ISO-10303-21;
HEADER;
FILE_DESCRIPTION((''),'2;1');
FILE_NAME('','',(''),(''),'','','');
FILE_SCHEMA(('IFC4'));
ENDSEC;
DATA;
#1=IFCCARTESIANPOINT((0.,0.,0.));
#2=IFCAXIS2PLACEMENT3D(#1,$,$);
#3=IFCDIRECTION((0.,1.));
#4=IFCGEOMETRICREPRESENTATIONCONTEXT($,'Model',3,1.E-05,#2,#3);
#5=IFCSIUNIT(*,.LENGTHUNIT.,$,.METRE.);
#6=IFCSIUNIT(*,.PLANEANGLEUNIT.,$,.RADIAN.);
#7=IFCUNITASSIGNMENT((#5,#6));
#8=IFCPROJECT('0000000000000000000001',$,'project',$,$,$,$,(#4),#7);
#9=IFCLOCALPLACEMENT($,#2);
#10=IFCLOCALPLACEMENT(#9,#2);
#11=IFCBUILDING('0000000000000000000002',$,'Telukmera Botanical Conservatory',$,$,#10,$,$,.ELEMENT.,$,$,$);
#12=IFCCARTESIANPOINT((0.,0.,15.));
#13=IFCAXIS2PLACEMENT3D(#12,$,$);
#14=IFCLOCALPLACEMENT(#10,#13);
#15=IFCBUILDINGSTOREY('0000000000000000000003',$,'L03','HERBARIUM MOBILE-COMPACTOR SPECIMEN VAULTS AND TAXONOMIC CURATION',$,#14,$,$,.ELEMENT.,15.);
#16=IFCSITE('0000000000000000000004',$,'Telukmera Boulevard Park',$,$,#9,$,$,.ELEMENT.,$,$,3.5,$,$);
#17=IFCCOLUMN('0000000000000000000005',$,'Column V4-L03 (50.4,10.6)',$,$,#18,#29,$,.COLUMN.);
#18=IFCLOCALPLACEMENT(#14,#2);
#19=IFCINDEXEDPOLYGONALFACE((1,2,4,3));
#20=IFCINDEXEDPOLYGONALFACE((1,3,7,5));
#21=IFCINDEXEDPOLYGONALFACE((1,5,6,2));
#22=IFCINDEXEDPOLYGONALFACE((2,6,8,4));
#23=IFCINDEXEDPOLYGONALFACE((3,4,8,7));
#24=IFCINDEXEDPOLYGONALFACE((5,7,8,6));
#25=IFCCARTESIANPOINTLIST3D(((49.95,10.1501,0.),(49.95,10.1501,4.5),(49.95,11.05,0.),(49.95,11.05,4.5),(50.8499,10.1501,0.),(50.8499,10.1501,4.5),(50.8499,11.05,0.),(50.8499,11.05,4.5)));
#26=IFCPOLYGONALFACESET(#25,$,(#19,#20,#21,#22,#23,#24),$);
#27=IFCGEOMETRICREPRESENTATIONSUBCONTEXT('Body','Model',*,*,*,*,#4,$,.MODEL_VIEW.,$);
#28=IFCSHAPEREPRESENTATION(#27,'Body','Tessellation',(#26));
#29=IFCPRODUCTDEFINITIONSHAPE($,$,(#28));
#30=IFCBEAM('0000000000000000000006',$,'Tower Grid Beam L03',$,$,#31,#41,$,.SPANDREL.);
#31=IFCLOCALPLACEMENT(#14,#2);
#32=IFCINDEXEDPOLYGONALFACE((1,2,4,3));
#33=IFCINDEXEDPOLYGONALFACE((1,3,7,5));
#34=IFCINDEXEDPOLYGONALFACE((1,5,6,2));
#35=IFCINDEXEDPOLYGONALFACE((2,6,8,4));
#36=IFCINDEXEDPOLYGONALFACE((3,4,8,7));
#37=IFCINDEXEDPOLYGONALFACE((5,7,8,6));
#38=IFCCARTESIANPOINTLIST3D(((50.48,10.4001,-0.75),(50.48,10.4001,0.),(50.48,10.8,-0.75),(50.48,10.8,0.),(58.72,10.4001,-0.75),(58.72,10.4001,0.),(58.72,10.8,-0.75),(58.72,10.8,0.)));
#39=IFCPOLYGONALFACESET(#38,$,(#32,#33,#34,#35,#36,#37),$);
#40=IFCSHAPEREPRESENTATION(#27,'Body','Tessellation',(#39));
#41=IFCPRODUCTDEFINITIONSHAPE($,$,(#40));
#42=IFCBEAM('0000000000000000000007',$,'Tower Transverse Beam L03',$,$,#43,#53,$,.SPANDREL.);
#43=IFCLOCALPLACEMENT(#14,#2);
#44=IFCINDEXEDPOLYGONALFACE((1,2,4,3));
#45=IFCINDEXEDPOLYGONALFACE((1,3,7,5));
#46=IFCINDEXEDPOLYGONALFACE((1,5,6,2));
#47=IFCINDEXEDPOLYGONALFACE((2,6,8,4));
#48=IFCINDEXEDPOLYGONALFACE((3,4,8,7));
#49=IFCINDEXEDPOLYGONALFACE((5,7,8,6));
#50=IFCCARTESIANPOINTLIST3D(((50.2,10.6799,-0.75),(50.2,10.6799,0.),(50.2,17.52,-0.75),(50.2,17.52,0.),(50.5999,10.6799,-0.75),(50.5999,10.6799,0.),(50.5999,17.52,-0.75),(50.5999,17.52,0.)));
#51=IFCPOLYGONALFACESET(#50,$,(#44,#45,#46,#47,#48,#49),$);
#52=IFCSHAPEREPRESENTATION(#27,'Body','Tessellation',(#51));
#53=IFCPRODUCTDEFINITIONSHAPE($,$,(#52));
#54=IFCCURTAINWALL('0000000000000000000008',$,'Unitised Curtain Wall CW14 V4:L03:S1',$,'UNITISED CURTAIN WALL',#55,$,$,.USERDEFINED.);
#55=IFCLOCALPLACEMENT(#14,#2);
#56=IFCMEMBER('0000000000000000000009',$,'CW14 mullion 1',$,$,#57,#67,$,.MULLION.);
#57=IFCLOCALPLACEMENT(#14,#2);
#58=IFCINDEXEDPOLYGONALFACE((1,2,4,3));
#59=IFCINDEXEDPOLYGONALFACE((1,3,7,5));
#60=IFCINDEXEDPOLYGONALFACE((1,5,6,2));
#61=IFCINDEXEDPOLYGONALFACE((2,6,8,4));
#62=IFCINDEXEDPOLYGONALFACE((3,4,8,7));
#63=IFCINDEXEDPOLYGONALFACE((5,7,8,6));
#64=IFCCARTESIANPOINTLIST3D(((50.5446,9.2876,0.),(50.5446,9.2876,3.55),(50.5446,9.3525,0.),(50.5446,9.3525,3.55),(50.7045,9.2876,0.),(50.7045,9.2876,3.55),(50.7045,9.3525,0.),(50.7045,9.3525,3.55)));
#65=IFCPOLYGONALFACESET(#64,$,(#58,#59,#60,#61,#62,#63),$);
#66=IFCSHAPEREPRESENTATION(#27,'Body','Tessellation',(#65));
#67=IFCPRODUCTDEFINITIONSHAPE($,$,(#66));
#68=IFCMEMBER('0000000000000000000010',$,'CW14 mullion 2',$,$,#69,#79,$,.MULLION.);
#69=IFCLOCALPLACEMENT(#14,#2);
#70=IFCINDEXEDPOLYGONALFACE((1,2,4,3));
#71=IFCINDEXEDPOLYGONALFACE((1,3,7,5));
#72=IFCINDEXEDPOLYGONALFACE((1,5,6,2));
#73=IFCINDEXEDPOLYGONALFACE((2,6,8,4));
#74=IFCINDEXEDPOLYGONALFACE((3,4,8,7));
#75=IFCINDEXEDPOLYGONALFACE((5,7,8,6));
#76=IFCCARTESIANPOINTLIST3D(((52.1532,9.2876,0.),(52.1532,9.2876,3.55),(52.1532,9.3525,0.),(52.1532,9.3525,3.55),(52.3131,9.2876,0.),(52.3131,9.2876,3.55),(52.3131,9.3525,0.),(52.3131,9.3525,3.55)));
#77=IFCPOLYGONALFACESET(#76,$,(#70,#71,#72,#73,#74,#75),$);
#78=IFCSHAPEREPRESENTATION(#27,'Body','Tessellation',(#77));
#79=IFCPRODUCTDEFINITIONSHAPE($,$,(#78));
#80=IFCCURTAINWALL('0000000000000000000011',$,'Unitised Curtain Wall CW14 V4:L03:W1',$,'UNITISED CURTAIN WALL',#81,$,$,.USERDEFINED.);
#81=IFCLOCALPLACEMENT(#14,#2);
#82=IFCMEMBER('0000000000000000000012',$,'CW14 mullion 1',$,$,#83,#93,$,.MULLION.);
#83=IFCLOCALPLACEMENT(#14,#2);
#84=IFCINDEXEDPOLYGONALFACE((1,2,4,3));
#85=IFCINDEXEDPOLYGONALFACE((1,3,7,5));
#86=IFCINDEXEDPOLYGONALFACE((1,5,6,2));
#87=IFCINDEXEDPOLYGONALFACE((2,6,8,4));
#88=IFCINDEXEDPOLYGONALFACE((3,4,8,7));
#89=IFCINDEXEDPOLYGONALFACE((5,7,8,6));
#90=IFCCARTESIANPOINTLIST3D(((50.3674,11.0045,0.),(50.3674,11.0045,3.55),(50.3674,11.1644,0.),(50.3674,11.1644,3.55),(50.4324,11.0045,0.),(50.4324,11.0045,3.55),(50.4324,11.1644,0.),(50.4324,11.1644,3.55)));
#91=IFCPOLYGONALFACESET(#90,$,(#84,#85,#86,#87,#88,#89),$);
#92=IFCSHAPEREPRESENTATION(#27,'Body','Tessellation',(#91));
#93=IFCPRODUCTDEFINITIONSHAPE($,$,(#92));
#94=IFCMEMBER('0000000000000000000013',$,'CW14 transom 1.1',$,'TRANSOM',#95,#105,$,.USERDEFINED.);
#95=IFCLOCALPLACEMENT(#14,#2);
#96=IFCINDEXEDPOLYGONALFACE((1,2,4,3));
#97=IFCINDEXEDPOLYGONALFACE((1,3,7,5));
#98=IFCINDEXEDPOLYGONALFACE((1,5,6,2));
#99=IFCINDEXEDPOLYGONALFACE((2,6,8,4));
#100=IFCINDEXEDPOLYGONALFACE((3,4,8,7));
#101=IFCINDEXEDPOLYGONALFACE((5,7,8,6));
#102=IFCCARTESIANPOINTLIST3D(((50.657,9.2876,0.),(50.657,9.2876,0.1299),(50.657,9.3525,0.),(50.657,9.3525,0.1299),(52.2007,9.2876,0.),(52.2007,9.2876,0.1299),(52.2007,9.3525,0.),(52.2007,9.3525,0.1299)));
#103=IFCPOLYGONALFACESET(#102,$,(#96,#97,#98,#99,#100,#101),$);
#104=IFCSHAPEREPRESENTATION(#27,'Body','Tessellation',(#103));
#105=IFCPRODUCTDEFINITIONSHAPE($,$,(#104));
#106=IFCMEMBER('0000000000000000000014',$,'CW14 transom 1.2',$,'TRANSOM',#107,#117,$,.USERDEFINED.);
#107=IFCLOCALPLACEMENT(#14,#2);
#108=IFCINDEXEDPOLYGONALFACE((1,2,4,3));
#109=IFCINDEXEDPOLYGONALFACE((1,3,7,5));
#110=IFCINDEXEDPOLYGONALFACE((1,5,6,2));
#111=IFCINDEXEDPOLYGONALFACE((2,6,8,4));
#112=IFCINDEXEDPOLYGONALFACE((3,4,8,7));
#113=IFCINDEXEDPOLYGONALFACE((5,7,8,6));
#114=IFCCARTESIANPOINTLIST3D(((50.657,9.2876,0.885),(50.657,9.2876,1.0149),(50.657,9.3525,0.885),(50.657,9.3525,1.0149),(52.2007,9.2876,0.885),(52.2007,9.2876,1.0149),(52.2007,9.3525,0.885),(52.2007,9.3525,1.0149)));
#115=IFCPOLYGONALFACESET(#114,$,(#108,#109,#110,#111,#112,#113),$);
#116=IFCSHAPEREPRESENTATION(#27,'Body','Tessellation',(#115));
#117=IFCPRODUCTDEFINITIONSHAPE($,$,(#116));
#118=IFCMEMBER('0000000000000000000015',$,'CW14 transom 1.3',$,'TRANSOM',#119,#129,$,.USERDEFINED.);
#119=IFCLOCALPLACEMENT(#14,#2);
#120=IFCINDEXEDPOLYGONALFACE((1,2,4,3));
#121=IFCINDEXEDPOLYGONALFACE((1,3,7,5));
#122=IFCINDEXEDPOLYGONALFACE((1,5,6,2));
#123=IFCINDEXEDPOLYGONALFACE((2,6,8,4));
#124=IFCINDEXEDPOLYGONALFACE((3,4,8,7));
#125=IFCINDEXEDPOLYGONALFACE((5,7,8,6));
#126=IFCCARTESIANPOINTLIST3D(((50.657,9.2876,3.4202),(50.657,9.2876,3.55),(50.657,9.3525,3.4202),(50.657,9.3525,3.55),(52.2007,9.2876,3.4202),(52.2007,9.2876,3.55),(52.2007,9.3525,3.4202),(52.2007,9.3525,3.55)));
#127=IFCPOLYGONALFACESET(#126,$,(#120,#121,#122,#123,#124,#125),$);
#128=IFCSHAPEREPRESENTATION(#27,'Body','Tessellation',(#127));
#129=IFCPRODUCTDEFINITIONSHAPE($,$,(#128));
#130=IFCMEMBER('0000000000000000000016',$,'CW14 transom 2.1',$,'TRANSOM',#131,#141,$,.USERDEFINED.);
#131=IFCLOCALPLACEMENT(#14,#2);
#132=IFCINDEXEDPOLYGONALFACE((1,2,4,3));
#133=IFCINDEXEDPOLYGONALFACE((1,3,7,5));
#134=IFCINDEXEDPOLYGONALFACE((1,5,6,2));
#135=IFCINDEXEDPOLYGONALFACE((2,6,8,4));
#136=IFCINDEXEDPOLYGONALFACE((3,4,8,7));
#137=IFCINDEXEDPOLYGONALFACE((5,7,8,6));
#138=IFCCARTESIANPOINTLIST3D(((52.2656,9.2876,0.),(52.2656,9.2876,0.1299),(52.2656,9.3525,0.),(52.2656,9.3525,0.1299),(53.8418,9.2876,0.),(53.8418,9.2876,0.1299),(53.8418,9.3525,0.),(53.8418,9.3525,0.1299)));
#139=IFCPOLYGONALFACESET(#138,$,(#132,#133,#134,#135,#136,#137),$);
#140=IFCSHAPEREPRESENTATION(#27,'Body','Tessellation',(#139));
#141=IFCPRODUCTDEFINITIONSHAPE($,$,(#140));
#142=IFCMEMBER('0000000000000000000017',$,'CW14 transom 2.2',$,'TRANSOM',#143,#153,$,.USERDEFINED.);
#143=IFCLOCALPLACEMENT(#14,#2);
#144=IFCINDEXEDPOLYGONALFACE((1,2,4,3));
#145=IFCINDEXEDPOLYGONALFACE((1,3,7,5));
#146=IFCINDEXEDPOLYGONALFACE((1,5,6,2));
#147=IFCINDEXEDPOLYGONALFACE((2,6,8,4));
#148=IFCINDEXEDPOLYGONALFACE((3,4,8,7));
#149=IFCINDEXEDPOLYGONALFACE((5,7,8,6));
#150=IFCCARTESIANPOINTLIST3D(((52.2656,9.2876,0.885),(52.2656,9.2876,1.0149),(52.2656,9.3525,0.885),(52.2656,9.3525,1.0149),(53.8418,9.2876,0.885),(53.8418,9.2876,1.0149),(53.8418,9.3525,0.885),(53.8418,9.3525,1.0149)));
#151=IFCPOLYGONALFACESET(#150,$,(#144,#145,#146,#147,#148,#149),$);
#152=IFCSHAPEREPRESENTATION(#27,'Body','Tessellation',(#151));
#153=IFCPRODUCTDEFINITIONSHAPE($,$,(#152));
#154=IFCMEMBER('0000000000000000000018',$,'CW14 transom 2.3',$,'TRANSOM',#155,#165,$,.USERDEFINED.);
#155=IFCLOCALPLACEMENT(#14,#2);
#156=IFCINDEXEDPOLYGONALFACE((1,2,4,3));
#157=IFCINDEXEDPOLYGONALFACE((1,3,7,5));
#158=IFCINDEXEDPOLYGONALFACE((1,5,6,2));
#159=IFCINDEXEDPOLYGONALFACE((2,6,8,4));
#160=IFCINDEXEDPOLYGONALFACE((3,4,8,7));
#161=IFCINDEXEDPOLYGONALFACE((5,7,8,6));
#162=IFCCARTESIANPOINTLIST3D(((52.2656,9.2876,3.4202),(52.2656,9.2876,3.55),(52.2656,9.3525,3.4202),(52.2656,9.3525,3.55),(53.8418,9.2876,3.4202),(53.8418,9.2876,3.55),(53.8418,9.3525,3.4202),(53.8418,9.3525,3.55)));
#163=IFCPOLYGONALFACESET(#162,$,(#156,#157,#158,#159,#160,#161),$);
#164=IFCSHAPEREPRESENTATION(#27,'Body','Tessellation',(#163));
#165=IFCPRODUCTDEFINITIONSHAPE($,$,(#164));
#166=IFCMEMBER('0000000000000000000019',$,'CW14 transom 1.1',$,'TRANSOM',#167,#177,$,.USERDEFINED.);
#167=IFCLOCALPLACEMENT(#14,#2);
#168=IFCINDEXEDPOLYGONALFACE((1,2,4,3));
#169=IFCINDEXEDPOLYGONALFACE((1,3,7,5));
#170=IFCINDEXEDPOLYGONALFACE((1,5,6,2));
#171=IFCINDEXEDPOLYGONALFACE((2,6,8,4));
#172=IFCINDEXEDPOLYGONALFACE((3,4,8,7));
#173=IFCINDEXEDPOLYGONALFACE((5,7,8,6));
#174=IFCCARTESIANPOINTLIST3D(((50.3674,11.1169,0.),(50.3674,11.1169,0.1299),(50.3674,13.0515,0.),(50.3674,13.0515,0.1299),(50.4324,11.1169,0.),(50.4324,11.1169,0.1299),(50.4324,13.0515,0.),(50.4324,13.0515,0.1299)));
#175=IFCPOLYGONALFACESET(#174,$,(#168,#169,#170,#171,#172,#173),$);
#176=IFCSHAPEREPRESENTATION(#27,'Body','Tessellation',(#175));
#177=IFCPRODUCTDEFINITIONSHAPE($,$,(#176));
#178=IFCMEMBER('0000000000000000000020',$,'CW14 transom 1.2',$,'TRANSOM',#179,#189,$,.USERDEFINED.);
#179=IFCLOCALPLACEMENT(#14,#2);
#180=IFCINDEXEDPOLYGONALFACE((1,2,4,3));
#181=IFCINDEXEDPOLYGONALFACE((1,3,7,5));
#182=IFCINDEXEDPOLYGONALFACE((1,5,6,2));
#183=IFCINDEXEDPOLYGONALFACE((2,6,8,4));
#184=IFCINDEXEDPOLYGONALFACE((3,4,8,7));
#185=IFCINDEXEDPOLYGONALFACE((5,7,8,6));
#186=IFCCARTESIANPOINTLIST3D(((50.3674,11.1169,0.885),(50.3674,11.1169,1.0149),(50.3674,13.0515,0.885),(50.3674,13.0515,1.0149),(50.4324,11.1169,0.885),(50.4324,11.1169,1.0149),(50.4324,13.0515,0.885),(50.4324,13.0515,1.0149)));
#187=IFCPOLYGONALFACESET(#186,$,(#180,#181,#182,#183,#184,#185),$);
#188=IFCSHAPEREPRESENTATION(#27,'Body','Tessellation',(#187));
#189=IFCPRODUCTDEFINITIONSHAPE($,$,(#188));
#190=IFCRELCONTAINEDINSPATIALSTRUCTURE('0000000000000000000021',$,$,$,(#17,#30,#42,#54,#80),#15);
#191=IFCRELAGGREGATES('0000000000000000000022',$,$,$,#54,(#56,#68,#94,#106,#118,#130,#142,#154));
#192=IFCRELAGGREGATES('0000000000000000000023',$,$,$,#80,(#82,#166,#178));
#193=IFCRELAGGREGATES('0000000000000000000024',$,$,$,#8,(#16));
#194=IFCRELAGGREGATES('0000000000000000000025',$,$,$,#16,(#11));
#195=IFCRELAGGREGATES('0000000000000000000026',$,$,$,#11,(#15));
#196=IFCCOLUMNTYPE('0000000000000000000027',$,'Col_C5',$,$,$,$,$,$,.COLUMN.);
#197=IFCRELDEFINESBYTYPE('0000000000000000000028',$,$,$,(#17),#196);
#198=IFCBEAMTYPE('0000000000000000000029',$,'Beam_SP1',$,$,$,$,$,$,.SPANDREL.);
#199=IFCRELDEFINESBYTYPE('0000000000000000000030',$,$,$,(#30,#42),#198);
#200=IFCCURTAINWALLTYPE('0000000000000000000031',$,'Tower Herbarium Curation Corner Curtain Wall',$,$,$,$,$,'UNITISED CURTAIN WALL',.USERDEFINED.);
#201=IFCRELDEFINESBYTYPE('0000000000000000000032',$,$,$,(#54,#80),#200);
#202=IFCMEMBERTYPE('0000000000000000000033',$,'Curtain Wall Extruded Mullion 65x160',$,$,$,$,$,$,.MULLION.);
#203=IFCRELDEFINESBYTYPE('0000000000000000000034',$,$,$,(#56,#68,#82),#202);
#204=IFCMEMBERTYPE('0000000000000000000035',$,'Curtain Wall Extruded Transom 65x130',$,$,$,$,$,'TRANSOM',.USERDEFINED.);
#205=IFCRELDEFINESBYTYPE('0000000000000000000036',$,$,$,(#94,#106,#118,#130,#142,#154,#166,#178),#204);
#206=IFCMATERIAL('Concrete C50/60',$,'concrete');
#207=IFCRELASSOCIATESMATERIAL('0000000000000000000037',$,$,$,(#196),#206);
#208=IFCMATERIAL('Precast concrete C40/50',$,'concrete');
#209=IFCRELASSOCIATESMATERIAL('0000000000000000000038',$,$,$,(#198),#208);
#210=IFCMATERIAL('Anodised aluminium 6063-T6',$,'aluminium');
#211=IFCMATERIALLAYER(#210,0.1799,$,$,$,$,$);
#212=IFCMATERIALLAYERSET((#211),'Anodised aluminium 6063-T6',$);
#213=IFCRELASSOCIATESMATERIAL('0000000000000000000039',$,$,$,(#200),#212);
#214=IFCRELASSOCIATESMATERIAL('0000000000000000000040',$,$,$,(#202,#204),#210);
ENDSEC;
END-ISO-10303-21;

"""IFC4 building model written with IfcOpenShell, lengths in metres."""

from ifc_helpers import new_model, si_unit, direction, frame, origin, origin_2d, place, context, subcontext, project, spatial, rectangle, extrude, material, layer, layer_set, material_profile, profile_set, type_object, element, aggregate, save


model = new_model("IFC4")

# Units and contexts
model_context = context("Model", 3, precision=1e-05, world=origin(), true_north=direction((0.0, 1.0)))
body_context = subcontext(model_context, "Body", "Model", "MODEL_VIEW")
ifc_project = project(units=[si_unit("LENGTHUNIT", "METRE"), si_unit("PLANEANGLEUNIT", "RADIAN")], contexts=[model_context])

# Site, building, storey
site_placement = place(None, origin())
site = spatial("IfcSite", under=ifc_project, at=site_placement, Name="Telukmera Boulevard Park", CompositionType="ELEMENT", RefElevation=3.5)
building_placement = place(site_placement, origin())
building = spatial("IfcBuilding", under=site, at=building_placement, Name="Telukmera Botanical Conservatory", CompositionType="ELEMENT")
storey_placement = place(building_placement, frame((0.0, 0.0, 15.0)))
storey = spatial("IfcBuildingStorey", under=building, at=storey_placement, Name="L03", Description="HERBARIUM MOBILE-COMPACTOR SPECIMEN VAULTS AND TAXONOMIC CURATION", CompositionType="ELEMENT", Elevation=15.0)

# Column
ifc_material_1 = material(Name="Concrete C50/60", Category="concrete")
ifc_material_profile_1 = material_profile(ifc_material_1, rectangle(XDim=0.8999, YDim=0.8999, at=origin_2d()), Name="RC 900x900")
ifc_profile_set_1 = profile_set([ifc_material_profile_1], Name="Concrete C50/60")
column_type = type_object("IfcColumnType", Name="Col_C5", PredefinedType="COLUMN", material=ifc_profile_set_1)
column_placement = place(storey_placement, frame((50.3999, 10.6001, 0.0), z_axis=(0.0, 0.0, 1.0), x_axis=(1.0, 0.0, 0.0)))
element("IfcColumn", 1, at=column_placement, inside=storey, type_object=column_type, Name="Column V4-L03 (50.4,10.6)", PredefinedType="COLUMN", context=body_context, shape_type="SweptSolid", body=[
    extrude(rectangle(XDim=0.8999, YDim=0.8999, at=origin_2d()), origin(), (0.0, 0.0, 1.0), 4.5),
])

# Beams
ifc_material_2 = material(Name="Precast concrete C40/50", Category="concrete")
ifc_material_profile_2 = material_profile(ifc_material_2, rectangle(XDim=0.3999, YDim=0.75, at=origin_2d()), Name="PC 400x750")
ifc_profile_set_2 = profile_set([ifc_material_profile_2], Name="Precast concrete C40/50")
beam_type = type_object("IfcBeamType", Name="Beam_SP1", PredefinedType="SPANDREL", material=ifc_profile_set_2)
beam_1_placement = place(storey_placement, frame((50.48, 10.6001, -0.375), z_axis=(1.0, 0.0, 0.0), x_axis=(0.0, 1.0, 0.0)))
element("IfcBeam", 2, at=beam_1_placement, inside=storey, type_object=beam_type, Name="Tower Grid Beam L03", PredefinedType="SPANDREL", context=body_context, shape_type="SweptSolid", body=[
    extrude(rectangle(XDim=0.3999, YDim=0.75, at=origin_2d()), origin(), (0.0, 0.0, 1.0), 8.24),
])
beam_2_placement = place(storey_placement, frame((50.3999, 10.6799, -0.375), z_axis=(0.0, 1.0, 0.0), x_axis=(-1.0, 0.0, 0.0)))
element("IfcBeam", 3, at=beam_2_placement, inside=storey, type_object=beam_type, Name="Tower Transverse Beam L03", PredefinedType="SPANDREL", context=body_context, shape_type="SweptSolid", body=[
    extrude(rectangle(XDim=0.3999, YDim=0.75, at=origin_2d()), origin(), (0.0, 0.0, 1.0), 6.8401),
])

# Curtain wall, members
ifc_material_3 = material(Name="Anodised aluminium 6063-T6", Category="aluminium")
ifc_layer_1 = layer(ifc_material_3, 0.1799)
ifc_layer_set_1 = layer_set([ifc_layer_1], Name="Anodised aluminium 6063-T6")
curtain_wall_type = type_object("IfcCurtainWallType", Name="Tower Herbarium Curation Corner Curtain Wall", ElementType="UNITISED CURTAIN WALL", PredefinedType="USERDEFINED", material=ifc_layer_set_1)
curtain_wall_1_placement = place(storey_placement, origin())
curtain_wall_1 = element("IfcCurtainWall", 4, at=curtain_wall_1_placement, inside=storey, type_object=curtain_wall_type, Name="Unitised Curtain Wall CW14 V4:L03:S1", ObjectType="UNITISED CURTAIN WALL", PredefinedType="USERDEFINED")
ifc_material_profile_3 = material_profile(ifc_material_3, rectangle(XDim=0.0649, YDim=0.1599, at=origin_2d()), Name="ALU MULL 65x160")
ifc_profile_set_3 = profile_set([ifc_material_profile_3], Name="Anodised aluminium 6063-T6")
member_type_1 = type_object("IfcMemberType", Name="Curtain Wall Extruded Mullion 65x160", PredefinedType="MULLION", material=ifc_profile_set_3)
member_1_placement = place(storey_placement, frame((50.6245, 9.3201, 0.0), z_axis=(0.0, 0.0, 1.0), x_axis=(0.0, 1.0, 0.0)))
member_1 = element("IfcMember", 5, at=member_1_placement, type_object=member_type_1, Name="CW14 mullion 1", PredefinedType="MULLION", context=body_context, shape_type="SweptSolid", body=[
    extrude(rectangle(XDim=0.0649, YDim=0.1599, at=origin_2d()), origin(), (0.0, 0.0, 1.0), 3.55),
])
member_2_placement = place(storey_placement, frame((52.2332, 9.3201, 0.0), z_axis=(0.0, 0.0, 1.0), x_axis=(0.0, 1.0, 0.0)))
member_2 = element("IfcMember", 6, at=member_2_placement, type_object=member_type_1, Name="CW14 mullion 2", PredefinedType="MULLION", context=body_context, shape_type="SweptSolid", body=[
    extrude(rectangle(XDim=0.0649, YDim=0.1599, at=origin_2d()), origin(), (0.0, 0.0, 1.0), 3.55),
])

# Curtain wall, member
curtain_wall_2_placement = place(storey_placement, origin())
curtain_wall_2 = element("IfcCurtainWall", 7, at=curtain_wall_2_placement, inside=storey, type_object=curtain_wall_type, Name="Unitised Curtain Wall CW14 V4:L03:W1", ObjectType="UNITISED CURTAIN WALL", PredefinedType="USERDEFINED")
member_3_placement = place(storey_placement, frame((50.3999, 11.0845, 0.0), z_axis=(0.0, 0.0, 1.0), x_axis=(-1.0, 0.0, 0.0)))
member_3 = element("IfcMember", 8, at=member_3_placement, type_object=member_type_1, Name="CW14 mullion 1", PredefinedType="MULLION", context=body_context, shape_type="SweptSolid", body=[
    extrude(rectangle(XDim=0.0649, YDim=0.1599, at=origin_2d()), origin(), (0.0, 0.0, 1.0), 3.55),
])

# Members
ifc_material_profile_4 = material_profile(ifc_material_3, rectangle(XDim=0.0649, YDim=0.1299, at=origin_2d()), Name="ALU TRAN 65x130")
ifc_profile_set_4 = profile_set([ifc_material_profile_4], Name="Anodised aluminium 6063-T6")
member_type_2 = type_object("IfcMemberType", Name="Curtain Wall Extruded Transom 65x130", ElementType="TRANSOM", PredefinedType="USERDEFINED", material=ifc_profile_set_4)
member_4_placement = place(storey_placement, frame((50.657, 9.3201, 0.0649), z_axis=(1.0, 0.0, 0.0), x_axis=(0.0, 1.0, 0.0)))
member_4 = element("IfcMember", 9, at=member_4_placement, type_object=member_type_2, Name="CW14 transom 1.1", ObjectType="TRANSOM", PredefinedType="USERDEFINED", context=body_context, shape_type="SweptSolid", body=[
    extrude(rectangle(XDim=0.0649, YDim=0.1299, at=origin_2d()), origin(), (0.0, 0.0, 1.0), 1.5437),
])
member_5_placement = place(storey_placement, frame((50.657, 9.3201, 0.95), z_axis=(1.0, 0.0, 0.0), x_axis=(0.0, 1.0, 0.0)))
member_5 = element("IfcMember", 10, at=member_5_placement, type_object=member_type_2, Name="CW14 transom 1.2", ObjectType="TRANSOM", PredefinedType="USERDEFINED", context=body_context, shape_type="SweptSolid", body=[
    extrude(rectangle(XDim=0.0649, YDim=0.1299, at=origin_2d()), origin(), (0.0, 0.0, 1.0), 1.5437),
])
member_6_placement = place(storey_placement, frame((50.657, 9.3201, 3.4851), z_axis=(1.0, 0.0, 0.0), x_axis=(0.0, 1.0, 0.0)))
member_6 = element("IfcMember", 11, at=member_6_placement, type_object=member_type_2, Name="CW14 transom 1.3", ObjectType="TRANSOM", PredefinedType="USERDEFINED", context=body_context, shape_type="SweptSolid", body=[
    extrude(rectangle(XDim=0.0649, YDim=0.1299, at=origin_2d()), origin(), (0.0, 0.0, 1.0), 1.5437),
])
member_7_placement = place(storey_placement, frame((52.2656, 9.3201, 0.0649), z_axis=(1.0, 0.0, 0.0), x_axis=(0.0, 1.0, 0.0)))
member_7 = element("IfcMember", 12, at=member_7_placement, type_object=member_type_2, Name="CW14 transom 2.1", ObjectType="TRANSOM", PredefinedType="USERDEFINED", context=body_context, shape_type="SweptSolid", body=[
    extrude(rectangle(XDim=0.0649, YDim=0.1299, at=origin_2d()), origin(), (0.0, 0.0, 1.0), 1.5762),
])
member_8_placement = place(storey_placement, frame((52.2656, 9.3201, 0.95), z_axis=(1.0, 0.0, 0.0), x_axis=(0.0, 1.0, 0.0)))
member_8 = element("IfcMember", 13, at=member_8_placement, type_object=member_type_2, Name="CW14 transom 2.2", ObjectType="TRANSOM", PredefinedType="USERDEFINED", context=body_context, shape_type="SweptSolid", body=[
    extrude(rectangle(XDim=0.0649, YDim=0.1299, at=origin_2d()), origin(), (0.0, 0.0, 1.0), 1.5762),
])
member_9_placement = place(storey_placement, frame((52.2656, 9.3201, 3.4851), z_axis=(1.0, 0.0, 0.0), x_axis=(0.0, 1.0, 0.0)))
member_9 = element("IfcMember", 14, at=member_9_placement, type_object=member_type_2, Name="CW14 transom 2.3", ObjectType="TRANSOM", PredefinedType="USERDEFINED", context=body_context, shape_type="SweptSolid", body=[
    extrude(rectangle(XDim=0.0649, YDim=0.1299, at=origin_2d()), origin(), (0.0, 0.0, 1.0), 1.5762),
])
member_10_placement = place(storey_placement, frame((50.3999, 11.1169, 0.0649), z_axis=(0.0, 1.0, 0.0), x_axis=(-1.0, 0.0, 0.0)))
member_10 = element("IfcMember", 15, at=member_10_placement, type_object=member_type_2, Name="CW14 transom 1.1", ObjectType="TRANSOM", PredefinedType="USERDEFINED", context=body_context, shape_type="SweptSolid", body=[
    extrude(rectangle(XDim=0.0649, YDim=0.1299, at=origin_2d()), origin(), (0.0, 0.0, 1.0), 1.9346),
])
member_11_placement = place(storey_placement, frame((50.3999, 11.1169, 0.95), z_axis=(0.0, 1.0, 0.0), x_axis=(-1.0, 0.0, 0.0)))
member_11 = element("IfcMember", 16, at=member_11_placement, type_object=member_type_2, Name="CW14 transom 1.2", ObjectType="TRANSOM", PredefinedType="USERDEFINED", context=body_context, shape_type="SweptSolid", body=[
    extrude(rectangle(XDim=0.0649, YDim=0.1299, at=origin_2d()), origin(), (0.0, 0.0, 1.0), 1.9346),
])

aggregate(curtain_wall_1, [member_1, member_2, member_4, member_5, member_6, member_7, member_8, member_9])
aggregate(curtain_wall_2, [member_3, member_10, member_11])

save(model, "model.ifc")
